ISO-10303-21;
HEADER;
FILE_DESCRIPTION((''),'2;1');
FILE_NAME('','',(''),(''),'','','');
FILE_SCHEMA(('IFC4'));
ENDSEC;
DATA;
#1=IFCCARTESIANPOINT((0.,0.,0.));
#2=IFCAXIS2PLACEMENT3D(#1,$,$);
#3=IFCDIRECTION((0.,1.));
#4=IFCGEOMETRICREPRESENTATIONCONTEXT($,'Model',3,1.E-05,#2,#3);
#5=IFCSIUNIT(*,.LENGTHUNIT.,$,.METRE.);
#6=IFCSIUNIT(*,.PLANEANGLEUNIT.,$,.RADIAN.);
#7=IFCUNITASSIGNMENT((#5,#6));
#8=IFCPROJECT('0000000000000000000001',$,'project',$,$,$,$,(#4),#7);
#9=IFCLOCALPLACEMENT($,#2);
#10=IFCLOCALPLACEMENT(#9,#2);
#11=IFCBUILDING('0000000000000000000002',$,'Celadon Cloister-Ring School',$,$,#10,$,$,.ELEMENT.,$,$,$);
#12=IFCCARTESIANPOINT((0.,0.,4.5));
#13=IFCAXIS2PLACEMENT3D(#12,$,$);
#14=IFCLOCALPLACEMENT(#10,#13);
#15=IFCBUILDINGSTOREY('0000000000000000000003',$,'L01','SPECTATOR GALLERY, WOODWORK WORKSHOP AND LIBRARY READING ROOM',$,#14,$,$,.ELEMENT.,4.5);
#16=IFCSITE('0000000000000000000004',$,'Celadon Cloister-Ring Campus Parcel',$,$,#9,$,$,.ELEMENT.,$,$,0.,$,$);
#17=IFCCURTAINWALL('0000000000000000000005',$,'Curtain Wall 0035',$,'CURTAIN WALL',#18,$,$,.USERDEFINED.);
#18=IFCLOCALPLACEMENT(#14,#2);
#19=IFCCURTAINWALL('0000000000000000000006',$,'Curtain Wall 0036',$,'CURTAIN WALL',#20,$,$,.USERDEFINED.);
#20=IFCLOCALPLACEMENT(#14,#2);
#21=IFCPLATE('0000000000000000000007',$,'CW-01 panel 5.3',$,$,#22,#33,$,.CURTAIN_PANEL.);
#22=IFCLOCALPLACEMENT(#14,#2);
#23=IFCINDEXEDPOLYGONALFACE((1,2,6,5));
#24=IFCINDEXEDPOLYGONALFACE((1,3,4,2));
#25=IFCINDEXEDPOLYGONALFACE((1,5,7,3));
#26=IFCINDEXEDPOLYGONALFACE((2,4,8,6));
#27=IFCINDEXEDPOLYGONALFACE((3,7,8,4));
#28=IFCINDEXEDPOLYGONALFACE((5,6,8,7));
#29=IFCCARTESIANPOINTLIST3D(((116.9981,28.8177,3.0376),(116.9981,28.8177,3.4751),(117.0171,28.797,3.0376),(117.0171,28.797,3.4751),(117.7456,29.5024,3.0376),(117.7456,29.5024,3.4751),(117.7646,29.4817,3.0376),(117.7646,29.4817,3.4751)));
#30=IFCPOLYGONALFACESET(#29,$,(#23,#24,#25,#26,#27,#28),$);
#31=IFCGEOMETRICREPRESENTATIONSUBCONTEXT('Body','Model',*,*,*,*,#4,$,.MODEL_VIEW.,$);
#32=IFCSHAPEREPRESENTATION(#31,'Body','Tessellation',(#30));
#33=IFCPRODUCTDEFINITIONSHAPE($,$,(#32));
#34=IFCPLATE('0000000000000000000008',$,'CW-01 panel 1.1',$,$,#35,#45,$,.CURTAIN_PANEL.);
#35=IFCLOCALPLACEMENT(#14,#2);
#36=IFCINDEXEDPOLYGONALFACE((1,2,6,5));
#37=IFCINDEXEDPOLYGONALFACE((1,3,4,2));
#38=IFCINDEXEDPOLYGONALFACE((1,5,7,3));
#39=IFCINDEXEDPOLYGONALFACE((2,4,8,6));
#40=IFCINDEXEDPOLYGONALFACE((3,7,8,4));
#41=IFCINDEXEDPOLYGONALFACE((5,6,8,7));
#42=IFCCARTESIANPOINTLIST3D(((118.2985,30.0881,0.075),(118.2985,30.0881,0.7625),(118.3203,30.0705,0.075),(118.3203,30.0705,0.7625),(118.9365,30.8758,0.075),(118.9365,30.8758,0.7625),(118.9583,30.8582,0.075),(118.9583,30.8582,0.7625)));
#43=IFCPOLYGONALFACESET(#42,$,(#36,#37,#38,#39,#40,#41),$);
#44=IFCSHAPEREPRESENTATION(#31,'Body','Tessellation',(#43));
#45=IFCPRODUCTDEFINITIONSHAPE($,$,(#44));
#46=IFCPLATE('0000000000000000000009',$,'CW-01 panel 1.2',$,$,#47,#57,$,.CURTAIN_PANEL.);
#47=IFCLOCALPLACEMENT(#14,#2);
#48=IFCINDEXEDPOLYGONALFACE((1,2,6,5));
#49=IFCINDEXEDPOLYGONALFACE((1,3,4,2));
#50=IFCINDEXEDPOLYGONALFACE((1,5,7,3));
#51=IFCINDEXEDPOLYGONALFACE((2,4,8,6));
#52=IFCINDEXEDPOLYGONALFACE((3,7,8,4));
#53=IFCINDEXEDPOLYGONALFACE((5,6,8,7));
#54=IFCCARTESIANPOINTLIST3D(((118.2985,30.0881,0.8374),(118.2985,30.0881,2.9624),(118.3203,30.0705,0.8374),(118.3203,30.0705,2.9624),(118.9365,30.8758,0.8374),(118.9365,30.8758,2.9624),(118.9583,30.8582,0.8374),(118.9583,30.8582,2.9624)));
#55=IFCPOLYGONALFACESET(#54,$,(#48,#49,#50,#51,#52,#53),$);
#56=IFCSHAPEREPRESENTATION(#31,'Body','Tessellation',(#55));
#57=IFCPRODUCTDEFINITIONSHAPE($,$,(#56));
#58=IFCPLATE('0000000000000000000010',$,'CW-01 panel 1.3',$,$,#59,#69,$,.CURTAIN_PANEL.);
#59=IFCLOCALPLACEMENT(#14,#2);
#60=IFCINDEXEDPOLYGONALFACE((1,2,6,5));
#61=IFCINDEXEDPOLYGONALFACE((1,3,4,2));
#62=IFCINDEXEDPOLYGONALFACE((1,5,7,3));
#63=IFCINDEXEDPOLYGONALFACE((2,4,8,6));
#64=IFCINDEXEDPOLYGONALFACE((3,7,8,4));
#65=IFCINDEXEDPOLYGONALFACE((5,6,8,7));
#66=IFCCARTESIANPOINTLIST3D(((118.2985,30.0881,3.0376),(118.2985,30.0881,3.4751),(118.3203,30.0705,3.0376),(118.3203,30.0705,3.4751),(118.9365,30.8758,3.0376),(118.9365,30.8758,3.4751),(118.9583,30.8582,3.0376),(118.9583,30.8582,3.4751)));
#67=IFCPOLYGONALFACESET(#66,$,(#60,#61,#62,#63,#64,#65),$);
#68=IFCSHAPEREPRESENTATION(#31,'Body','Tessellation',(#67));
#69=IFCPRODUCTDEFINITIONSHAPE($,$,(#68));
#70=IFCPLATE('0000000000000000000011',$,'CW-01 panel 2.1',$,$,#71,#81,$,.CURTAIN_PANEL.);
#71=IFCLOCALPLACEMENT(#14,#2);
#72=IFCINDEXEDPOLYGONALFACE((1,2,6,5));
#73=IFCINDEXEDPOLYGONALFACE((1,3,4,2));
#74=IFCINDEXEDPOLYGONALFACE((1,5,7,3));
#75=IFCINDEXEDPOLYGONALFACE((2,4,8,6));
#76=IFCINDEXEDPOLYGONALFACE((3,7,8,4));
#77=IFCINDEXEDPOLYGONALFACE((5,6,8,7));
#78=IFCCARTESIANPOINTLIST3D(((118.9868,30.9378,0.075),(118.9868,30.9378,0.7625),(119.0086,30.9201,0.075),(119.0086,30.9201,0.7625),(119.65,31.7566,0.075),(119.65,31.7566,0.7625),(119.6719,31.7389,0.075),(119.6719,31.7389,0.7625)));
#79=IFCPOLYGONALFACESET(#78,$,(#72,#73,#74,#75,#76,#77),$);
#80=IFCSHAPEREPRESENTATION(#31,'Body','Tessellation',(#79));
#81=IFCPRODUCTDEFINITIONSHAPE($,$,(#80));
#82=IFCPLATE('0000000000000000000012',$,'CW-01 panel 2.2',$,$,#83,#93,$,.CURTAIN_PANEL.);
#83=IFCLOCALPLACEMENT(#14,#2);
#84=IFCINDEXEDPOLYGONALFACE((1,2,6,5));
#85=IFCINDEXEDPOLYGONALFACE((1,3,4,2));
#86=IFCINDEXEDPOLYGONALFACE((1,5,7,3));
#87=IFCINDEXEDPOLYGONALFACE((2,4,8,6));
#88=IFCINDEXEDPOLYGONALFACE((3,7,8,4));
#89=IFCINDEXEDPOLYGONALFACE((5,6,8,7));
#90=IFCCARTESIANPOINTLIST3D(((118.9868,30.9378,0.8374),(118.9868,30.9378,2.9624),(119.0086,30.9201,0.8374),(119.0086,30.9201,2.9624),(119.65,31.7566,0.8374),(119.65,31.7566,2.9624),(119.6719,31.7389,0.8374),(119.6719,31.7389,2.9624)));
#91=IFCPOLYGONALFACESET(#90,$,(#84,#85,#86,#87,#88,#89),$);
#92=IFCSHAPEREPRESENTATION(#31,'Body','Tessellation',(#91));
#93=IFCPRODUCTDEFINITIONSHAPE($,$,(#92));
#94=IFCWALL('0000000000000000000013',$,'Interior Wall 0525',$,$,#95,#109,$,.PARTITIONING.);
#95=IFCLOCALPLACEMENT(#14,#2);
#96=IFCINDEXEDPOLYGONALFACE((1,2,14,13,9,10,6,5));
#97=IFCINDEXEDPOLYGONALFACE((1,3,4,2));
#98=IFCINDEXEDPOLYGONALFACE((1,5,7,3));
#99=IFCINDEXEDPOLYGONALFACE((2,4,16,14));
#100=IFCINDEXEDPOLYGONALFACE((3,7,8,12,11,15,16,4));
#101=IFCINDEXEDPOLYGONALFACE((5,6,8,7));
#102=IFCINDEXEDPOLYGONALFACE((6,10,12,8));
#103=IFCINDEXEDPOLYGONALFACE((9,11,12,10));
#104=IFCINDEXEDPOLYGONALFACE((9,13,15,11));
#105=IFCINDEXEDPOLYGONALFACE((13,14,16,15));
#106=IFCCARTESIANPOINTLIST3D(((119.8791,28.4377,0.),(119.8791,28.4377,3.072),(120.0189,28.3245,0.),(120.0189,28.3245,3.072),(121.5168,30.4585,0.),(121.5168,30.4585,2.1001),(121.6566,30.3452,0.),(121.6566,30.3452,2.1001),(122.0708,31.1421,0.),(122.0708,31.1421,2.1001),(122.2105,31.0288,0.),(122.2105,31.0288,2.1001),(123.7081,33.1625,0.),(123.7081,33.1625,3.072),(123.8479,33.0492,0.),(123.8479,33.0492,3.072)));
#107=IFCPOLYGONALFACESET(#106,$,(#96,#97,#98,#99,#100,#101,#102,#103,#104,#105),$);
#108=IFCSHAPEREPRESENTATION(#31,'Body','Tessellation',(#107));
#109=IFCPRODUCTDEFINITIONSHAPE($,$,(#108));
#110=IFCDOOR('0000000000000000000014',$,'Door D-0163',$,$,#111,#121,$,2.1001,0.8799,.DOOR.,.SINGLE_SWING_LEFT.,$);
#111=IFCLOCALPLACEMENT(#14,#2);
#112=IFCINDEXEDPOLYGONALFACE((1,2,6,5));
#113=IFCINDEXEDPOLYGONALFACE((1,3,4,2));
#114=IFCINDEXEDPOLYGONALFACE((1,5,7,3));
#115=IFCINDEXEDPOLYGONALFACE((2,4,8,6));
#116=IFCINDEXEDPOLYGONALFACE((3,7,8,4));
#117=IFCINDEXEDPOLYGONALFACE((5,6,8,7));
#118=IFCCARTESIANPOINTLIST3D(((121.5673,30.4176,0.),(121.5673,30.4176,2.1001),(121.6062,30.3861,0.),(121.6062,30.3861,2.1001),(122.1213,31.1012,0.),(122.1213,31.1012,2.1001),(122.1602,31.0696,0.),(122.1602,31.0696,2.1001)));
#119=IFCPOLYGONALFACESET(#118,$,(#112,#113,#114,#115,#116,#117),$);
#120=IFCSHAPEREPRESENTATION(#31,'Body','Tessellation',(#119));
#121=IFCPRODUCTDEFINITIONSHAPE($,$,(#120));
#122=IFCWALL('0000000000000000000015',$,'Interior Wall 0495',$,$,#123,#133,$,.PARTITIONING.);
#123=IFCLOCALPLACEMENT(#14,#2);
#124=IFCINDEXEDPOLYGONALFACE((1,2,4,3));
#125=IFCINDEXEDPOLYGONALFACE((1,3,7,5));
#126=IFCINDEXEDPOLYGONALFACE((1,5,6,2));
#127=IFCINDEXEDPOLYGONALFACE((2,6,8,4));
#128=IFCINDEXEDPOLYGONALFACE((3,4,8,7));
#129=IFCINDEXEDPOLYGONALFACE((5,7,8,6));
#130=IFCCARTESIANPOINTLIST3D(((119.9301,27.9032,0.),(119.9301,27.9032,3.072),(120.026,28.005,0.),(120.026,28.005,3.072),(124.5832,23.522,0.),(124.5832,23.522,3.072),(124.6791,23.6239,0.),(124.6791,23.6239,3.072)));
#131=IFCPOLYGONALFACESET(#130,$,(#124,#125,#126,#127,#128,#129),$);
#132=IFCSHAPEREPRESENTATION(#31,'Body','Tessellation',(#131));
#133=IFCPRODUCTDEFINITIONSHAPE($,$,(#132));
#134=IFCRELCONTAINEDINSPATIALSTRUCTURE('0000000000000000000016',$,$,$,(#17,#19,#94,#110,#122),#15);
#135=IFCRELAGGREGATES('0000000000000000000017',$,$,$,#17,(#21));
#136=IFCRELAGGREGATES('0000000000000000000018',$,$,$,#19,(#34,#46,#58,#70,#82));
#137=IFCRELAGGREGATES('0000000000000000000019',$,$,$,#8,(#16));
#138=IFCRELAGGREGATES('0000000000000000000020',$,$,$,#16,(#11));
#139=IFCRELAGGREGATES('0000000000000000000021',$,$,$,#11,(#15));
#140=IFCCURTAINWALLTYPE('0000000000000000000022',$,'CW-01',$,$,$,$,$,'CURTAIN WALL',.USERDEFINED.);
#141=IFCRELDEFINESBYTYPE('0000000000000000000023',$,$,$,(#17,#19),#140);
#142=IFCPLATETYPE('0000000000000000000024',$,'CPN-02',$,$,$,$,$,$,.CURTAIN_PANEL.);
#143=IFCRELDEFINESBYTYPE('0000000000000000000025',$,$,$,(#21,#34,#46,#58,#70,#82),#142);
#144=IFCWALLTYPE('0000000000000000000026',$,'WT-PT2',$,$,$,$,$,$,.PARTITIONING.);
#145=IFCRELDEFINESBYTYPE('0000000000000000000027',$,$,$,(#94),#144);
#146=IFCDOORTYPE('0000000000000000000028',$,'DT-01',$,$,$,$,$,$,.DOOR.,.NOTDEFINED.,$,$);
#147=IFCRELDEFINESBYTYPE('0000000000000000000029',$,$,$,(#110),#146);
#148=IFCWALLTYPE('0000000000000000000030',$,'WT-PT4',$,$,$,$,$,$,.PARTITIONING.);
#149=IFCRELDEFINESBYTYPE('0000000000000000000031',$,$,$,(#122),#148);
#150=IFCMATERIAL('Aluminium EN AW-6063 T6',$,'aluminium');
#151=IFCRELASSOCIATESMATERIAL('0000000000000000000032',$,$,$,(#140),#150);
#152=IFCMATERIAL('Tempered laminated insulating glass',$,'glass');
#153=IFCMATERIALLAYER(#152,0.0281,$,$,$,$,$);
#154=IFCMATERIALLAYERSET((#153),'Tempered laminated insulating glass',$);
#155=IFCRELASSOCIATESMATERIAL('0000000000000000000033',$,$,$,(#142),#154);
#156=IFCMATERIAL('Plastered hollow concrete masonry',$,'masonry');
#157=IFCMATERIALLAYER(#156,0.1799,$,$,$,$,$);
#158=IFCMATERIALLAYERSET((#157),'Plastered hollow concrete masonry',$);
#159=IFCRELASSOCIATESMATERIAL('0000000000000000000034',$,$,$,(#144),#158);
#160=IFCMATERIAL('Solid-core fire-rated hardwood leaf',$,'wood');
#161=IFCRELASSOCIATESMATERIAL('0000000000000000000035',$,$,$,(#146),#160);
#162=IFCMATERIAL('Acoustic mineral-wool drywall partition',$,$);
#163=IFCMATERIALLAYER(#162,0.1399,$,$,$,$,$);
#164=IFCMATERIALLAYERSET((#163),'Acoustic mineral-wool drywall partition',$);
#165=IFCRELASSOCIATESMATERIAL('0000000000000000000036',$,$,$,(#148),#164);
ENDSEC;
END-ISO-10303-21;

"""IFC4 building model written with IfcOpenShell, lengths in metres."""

from ifc_helpers import new_model, si_unit, direction, frame, frame_2d, origin, origin_2d, place, context, subcontext, project, spatial, rectangle, extrude, material, layer, layer_set, type_object, element, fill, aggregate, save


model = new_model("IFC4")

# Units and contexts
model_context = context("Model", 3, precision=1e-05, world=origin(), true_north=direction((0.0, 1.0)))
body_context = subcontext(model_context, "Body", "Model", "MODEL_VIEW")
ifc_project = project(units=[si_unit("LENGTHUNIT", "METRE"), si_unit("PLANEANGLEUNIT", "RADIAN")], contexts=[model_context])

# Site, building, storey
site_placement = place(None, origin())
site = spatial("IfcSite", under=ifc_project, at=site_placement, Name="Celadon Cloister-Ring Campus Parcel", CompositionType="ELEMENT", RefElevation=0.0)
building_placement = place(site_placement, origin())
building = spatial("IfcBuilding", under=site, at=building_placement, Name="Celadon Cloister-Ring School", CompositionType="ELEMENT")
storey_placement = place(building_placement, frame((0.0, 0.0, 4.5)))
storey = spatial("IfcBuildingStorey", under=building, at=storey_placement, Name="L01", Description="SPECTATOR GALLERY, WOODWORK WORKSHOP AND LIBRARY READING ROOM", CompositionType="ELEMENT", Elevation=4.5)

# Curtain wall
ifc_material_1 = material(Name="Aluminium EN AW-6063 T6", Category="aluminium")
curtain_wall_type = type_object("IfcCurtainWallType", Name="CW-01", ElementType="CURTAIN WALL", PredefinedType="USERDEFINED", material=ifc_material_1)
curtain_wall_1_placement = place(storey_placement, origin())
curtain_wall_1 = element("IfcCurtainWall", 1, at=curtain_wall_1_placement, inside=storey, type_object=curtain_wall_type, Name="Curtain Wall 0035", ObjectType="CURTAIN WALL", PredefinedType="USERDEFINED")

# Curtain wall
curtain_wall_2_placement = place(storey_placement, origin())
curtain_wall_2 = element("IfcCurtainWall", 2, at=curtain_wall_2_placement, inside=storey, type_object=curtain_wall_type, Name="Curtain Wall 0036", ObjectType="CURTAIN WALL", PredefinedType="USERDEFINED")

# Plates
ifc_material_2 = material(Name="Tempered laminated insulating glass", Category="glass")
ifc_layer_1 = layer(ifc_material_2, 0.0281)
ifc_layer_set_1 = layer_set([ifc_layer_1], Name="Tempered laminated insulating glass")
plate_type = type_object("IfcPlateType", Name="CPN-02", PredefinedType="CURTAIN_PANEL", material=ifc_layer_set_1)
plate_1_placement = place(storey_placement, frame((117.3813, 29.1497, 3.0376), z_axis=(0.0, 0.0, 1.0), x_axis=(0.737388, 0.675469, 0.0)))
plate_1 = element("IfcPlate", 3, at=plate_1_placement, type_object=plate_type, Name="CW-01 panel 5.3", PredefinedType="CURTAIN_PANEL", context=body_context, shape_type="SweptSolid", body=[
    extrude(rectangle(XDim=1.0137, YDim=0.0281, at=origin_2d()), origin(), (0.0, 0.0, 1.0), 0.4375),
])
aggregate(curtain_wall_1, [plate_1])
plate_2_placement = place(storey_placement, frame((118.6284, 30.4731, 0.075), z_axis=(0.0, 0.0, 1.0), x_axis=(0.629416, 0.777068, 0.0)))
plate_2 = element("IfcPlate", 4, at=plate_2_placement, type_object=plate_type, Name="CW-01 panel 1.1", PredefinedType="CURTAIN_PANEL", context=body_context, shape_type="SweptSolid", body=[
    extrude(rectangle(XDim=1.0137, YDim=0.0281, at=origin_2d()), origin(), (0.0, 0.0, 1.0), 0.6875),
])
plate_3_placement = place(storey_placement, frame((118.6284, 30.4731, 0.8374), z_axis=(0.0, 0.0, 1.0), x_axis=(0.629416, 0.777068, 0.0)))
plate_3 = element("IfcPlate", 5, at=plate_3_placement, type_object=plate_type, Name="CW-01 panel 1.2", PredefinedType="CURTAIN_PANEL", context=body_context, shape_type="SweptSolid", body=[
    extrude(rectangle(XDim=1.0137, YDim=0.0281, at=origin_2d()), origin(), (0.0, 0.0, 1.0), 2.125),
])
plate_4_placement = place(storey_placement, frame((118.6284, 30.4731, 3.0376), z_axis=(0.0, 0.0, 1.0), x_axis=(0.629416, 0.777068, 0.0)))
plate_4 = element("IfcPlate", 6, at=plate_4_placement, type_object=plate_type, Name="CW-01 panel 1.3", PredefinedType="CURTAIN_PANEL", context=body_context, shape_type="SweptSolid", body=[
    extrude(rectangle(XDim=1.0137, YDim=0.0281, at=origin_2d()), origin(), (0.0, 0.0, 1.0), 0.4375),
])
plate_5_placement = place(storey_placement, frame((119.3293, 31.3384, 0.075), z_axis=(0.0, 0.0, 1.0), x_axis=(0.629416, 0.777068, 0.0)))
plate_5 = element("IfcPlate", 7, at=plate_5_placement, type_object=plate_type, Name="CW-01 panel 2.1", PredefinedType="CURTAIN_PANEL", context=body_context, shape_type="SweptSolid", body=[
    extrude(rectangle(XDim=1.0537, YDim=0.0281, at=origin_2d()), origin(), (0.0, 0.0, 1.0), 0.6875),
])
plate_6_placement = place(storey_placement, frame((119.3293, 31.3384, 0.8374), z_axis=(0.0, 0.0, 1.0), x_axis=(0.629416, 0.777068, 0.0)))
plate_6 = element("IfcPlate", 8, at=plate_6_placement, type_object=plate_type, Name="CW-01 panel 2.2", PredefinedType="CURTAIN_PANEL", context=body_context, shape_type="SweptSolid", body=[
    extrude(rectangle(XDim=1.0537, YDim=0.0281, at=origin_2d()), origin(), (0.0, 0.0, 1.0), 2.125),
])
aggregate(curtain_wall_2, [plate_2, plate_3, plate_4, plate_5, plate_6])

# Wall, opening, door
ifc_material_3 = material(Name="Plastered hollow concrete masonry", Category="masonry")
ifc_layer_2 = layer(ifc_material_3, 0.1799)
ifc_layer_set_2 = layer_set([ifc_layer_2], Name="Plastered hollow concrete masonry")
wall_type_1 = type_object("IfcWallType", Name="WT-PT2", PredefinedType="PARTITIONING", material=ifc_layer_set_2)
wall_1_placement = place(storey_placement, frame((119.949, 28.3811, 0.0), z_axis=(0.0, 0.0, 1.0), x_axis=(0.629617, 0.776905, 0.0)))
wall_1 = element("IfcWall", 9, at=wall_1_placement, inside=storey, type_object=wall_type_1, Name="Interior Wall 0525", PredefinedType="PARTITIONING", context=body_context, shape_type="SweptSolid", body=[
    extrude(rectangle(XDim=6.0815, YDim=0.1799, at=frame_2d((3.0408, 0.0))), origin(), (0.0, 0.0, 1.0), 3.072),
])
opening_placement = place(wall_1_placement, frame((2.6011, 0.0, 0.0)))
opening = element("IfcOpeningElement", 10, at=opening_placement, cuts=wall_1, PredefinedType="OPENING", context=body_context, shape_type="SweptSolid", body=[
    extrude(rectangle(XDim=0.8799, YDim=2.1001, at=frame_2d((0.4399, 1.05))), frame((0.0, 0.1001, 0.0), z_axis=(0.0, -1.0, 0.0), x_axis=(1.0, 0.0, 0.0)), (0.0, 0.0, 1.0), 0.2),
])
ifc_material_4 = material(Name="Solid-core fire-rated hardwood leaf", Category="wood")
door_type = type_object("IfcDoorType", Name="DT-01", OperationType="NOTDEFINED", PredefinedType="DOOR", material=ifc_material_4)
door_placement = place(opening_placement, origin())
door = element("IfcDoor", 11, at=door_placement, inside=storey, type_object=door_type, Name="Door D-0163", OperationType="SINGLE_SWING_LEFT", OverallHeight=2.1001, OverallWidth=0.8799, PredefinedType="DOOR", context=body_context, shape_type="SweptSolid", body=[
    extrude(rectangle(XDim=0.8799, YDim=2.1001, at=frame_2d((0.4399, 1.05))), frame((0.0, 0.0249, 0.0), z_axis=(0.0, -1.0, 0.0), x_axis=(1.0, 0.0, 0.0)), (0.0, 0.0, 1.0), 0.05),
])
fill(opening, door)

# Wall
ifc_material_5 = material(Name="Acoustic mineral-wool drywall partition")
ifc_layer_3 = layer(ifc_material_5, 0.1399)
ifc_layer_set_3 = layer_set([ifc_layer_3], Name="Acoustic mineral-wool drywall partition")
wall_type_2 = type_object("IfcWallType", Name="WT-PT4", PredefinedType="PARTITIONING", material=ifc_layer_set_3)
wall_2_placement = place(storey_placement, frame((119.978, 27.9541, 0.0), z_axis=(0.0, 0.0, 1.0), x_axis=(0.728064, -0.685509, 0.0)))
element("IfcWall", 12, at=wall_2_placement, inside=storey, type_object=wall_type_2, Name="Interior Wall 0495", PredefinedType="PARTITIONING", context=body_context, shape_type="SweptSolid", body=[
    extrude(rectangle(XDim=6.3911, YDim=0.1399, at=frame_2d((3.1956, 0.0))), origin(), (0.0, 0.0, 1.0), 3.072),
])

save(model, "model.ifc")
